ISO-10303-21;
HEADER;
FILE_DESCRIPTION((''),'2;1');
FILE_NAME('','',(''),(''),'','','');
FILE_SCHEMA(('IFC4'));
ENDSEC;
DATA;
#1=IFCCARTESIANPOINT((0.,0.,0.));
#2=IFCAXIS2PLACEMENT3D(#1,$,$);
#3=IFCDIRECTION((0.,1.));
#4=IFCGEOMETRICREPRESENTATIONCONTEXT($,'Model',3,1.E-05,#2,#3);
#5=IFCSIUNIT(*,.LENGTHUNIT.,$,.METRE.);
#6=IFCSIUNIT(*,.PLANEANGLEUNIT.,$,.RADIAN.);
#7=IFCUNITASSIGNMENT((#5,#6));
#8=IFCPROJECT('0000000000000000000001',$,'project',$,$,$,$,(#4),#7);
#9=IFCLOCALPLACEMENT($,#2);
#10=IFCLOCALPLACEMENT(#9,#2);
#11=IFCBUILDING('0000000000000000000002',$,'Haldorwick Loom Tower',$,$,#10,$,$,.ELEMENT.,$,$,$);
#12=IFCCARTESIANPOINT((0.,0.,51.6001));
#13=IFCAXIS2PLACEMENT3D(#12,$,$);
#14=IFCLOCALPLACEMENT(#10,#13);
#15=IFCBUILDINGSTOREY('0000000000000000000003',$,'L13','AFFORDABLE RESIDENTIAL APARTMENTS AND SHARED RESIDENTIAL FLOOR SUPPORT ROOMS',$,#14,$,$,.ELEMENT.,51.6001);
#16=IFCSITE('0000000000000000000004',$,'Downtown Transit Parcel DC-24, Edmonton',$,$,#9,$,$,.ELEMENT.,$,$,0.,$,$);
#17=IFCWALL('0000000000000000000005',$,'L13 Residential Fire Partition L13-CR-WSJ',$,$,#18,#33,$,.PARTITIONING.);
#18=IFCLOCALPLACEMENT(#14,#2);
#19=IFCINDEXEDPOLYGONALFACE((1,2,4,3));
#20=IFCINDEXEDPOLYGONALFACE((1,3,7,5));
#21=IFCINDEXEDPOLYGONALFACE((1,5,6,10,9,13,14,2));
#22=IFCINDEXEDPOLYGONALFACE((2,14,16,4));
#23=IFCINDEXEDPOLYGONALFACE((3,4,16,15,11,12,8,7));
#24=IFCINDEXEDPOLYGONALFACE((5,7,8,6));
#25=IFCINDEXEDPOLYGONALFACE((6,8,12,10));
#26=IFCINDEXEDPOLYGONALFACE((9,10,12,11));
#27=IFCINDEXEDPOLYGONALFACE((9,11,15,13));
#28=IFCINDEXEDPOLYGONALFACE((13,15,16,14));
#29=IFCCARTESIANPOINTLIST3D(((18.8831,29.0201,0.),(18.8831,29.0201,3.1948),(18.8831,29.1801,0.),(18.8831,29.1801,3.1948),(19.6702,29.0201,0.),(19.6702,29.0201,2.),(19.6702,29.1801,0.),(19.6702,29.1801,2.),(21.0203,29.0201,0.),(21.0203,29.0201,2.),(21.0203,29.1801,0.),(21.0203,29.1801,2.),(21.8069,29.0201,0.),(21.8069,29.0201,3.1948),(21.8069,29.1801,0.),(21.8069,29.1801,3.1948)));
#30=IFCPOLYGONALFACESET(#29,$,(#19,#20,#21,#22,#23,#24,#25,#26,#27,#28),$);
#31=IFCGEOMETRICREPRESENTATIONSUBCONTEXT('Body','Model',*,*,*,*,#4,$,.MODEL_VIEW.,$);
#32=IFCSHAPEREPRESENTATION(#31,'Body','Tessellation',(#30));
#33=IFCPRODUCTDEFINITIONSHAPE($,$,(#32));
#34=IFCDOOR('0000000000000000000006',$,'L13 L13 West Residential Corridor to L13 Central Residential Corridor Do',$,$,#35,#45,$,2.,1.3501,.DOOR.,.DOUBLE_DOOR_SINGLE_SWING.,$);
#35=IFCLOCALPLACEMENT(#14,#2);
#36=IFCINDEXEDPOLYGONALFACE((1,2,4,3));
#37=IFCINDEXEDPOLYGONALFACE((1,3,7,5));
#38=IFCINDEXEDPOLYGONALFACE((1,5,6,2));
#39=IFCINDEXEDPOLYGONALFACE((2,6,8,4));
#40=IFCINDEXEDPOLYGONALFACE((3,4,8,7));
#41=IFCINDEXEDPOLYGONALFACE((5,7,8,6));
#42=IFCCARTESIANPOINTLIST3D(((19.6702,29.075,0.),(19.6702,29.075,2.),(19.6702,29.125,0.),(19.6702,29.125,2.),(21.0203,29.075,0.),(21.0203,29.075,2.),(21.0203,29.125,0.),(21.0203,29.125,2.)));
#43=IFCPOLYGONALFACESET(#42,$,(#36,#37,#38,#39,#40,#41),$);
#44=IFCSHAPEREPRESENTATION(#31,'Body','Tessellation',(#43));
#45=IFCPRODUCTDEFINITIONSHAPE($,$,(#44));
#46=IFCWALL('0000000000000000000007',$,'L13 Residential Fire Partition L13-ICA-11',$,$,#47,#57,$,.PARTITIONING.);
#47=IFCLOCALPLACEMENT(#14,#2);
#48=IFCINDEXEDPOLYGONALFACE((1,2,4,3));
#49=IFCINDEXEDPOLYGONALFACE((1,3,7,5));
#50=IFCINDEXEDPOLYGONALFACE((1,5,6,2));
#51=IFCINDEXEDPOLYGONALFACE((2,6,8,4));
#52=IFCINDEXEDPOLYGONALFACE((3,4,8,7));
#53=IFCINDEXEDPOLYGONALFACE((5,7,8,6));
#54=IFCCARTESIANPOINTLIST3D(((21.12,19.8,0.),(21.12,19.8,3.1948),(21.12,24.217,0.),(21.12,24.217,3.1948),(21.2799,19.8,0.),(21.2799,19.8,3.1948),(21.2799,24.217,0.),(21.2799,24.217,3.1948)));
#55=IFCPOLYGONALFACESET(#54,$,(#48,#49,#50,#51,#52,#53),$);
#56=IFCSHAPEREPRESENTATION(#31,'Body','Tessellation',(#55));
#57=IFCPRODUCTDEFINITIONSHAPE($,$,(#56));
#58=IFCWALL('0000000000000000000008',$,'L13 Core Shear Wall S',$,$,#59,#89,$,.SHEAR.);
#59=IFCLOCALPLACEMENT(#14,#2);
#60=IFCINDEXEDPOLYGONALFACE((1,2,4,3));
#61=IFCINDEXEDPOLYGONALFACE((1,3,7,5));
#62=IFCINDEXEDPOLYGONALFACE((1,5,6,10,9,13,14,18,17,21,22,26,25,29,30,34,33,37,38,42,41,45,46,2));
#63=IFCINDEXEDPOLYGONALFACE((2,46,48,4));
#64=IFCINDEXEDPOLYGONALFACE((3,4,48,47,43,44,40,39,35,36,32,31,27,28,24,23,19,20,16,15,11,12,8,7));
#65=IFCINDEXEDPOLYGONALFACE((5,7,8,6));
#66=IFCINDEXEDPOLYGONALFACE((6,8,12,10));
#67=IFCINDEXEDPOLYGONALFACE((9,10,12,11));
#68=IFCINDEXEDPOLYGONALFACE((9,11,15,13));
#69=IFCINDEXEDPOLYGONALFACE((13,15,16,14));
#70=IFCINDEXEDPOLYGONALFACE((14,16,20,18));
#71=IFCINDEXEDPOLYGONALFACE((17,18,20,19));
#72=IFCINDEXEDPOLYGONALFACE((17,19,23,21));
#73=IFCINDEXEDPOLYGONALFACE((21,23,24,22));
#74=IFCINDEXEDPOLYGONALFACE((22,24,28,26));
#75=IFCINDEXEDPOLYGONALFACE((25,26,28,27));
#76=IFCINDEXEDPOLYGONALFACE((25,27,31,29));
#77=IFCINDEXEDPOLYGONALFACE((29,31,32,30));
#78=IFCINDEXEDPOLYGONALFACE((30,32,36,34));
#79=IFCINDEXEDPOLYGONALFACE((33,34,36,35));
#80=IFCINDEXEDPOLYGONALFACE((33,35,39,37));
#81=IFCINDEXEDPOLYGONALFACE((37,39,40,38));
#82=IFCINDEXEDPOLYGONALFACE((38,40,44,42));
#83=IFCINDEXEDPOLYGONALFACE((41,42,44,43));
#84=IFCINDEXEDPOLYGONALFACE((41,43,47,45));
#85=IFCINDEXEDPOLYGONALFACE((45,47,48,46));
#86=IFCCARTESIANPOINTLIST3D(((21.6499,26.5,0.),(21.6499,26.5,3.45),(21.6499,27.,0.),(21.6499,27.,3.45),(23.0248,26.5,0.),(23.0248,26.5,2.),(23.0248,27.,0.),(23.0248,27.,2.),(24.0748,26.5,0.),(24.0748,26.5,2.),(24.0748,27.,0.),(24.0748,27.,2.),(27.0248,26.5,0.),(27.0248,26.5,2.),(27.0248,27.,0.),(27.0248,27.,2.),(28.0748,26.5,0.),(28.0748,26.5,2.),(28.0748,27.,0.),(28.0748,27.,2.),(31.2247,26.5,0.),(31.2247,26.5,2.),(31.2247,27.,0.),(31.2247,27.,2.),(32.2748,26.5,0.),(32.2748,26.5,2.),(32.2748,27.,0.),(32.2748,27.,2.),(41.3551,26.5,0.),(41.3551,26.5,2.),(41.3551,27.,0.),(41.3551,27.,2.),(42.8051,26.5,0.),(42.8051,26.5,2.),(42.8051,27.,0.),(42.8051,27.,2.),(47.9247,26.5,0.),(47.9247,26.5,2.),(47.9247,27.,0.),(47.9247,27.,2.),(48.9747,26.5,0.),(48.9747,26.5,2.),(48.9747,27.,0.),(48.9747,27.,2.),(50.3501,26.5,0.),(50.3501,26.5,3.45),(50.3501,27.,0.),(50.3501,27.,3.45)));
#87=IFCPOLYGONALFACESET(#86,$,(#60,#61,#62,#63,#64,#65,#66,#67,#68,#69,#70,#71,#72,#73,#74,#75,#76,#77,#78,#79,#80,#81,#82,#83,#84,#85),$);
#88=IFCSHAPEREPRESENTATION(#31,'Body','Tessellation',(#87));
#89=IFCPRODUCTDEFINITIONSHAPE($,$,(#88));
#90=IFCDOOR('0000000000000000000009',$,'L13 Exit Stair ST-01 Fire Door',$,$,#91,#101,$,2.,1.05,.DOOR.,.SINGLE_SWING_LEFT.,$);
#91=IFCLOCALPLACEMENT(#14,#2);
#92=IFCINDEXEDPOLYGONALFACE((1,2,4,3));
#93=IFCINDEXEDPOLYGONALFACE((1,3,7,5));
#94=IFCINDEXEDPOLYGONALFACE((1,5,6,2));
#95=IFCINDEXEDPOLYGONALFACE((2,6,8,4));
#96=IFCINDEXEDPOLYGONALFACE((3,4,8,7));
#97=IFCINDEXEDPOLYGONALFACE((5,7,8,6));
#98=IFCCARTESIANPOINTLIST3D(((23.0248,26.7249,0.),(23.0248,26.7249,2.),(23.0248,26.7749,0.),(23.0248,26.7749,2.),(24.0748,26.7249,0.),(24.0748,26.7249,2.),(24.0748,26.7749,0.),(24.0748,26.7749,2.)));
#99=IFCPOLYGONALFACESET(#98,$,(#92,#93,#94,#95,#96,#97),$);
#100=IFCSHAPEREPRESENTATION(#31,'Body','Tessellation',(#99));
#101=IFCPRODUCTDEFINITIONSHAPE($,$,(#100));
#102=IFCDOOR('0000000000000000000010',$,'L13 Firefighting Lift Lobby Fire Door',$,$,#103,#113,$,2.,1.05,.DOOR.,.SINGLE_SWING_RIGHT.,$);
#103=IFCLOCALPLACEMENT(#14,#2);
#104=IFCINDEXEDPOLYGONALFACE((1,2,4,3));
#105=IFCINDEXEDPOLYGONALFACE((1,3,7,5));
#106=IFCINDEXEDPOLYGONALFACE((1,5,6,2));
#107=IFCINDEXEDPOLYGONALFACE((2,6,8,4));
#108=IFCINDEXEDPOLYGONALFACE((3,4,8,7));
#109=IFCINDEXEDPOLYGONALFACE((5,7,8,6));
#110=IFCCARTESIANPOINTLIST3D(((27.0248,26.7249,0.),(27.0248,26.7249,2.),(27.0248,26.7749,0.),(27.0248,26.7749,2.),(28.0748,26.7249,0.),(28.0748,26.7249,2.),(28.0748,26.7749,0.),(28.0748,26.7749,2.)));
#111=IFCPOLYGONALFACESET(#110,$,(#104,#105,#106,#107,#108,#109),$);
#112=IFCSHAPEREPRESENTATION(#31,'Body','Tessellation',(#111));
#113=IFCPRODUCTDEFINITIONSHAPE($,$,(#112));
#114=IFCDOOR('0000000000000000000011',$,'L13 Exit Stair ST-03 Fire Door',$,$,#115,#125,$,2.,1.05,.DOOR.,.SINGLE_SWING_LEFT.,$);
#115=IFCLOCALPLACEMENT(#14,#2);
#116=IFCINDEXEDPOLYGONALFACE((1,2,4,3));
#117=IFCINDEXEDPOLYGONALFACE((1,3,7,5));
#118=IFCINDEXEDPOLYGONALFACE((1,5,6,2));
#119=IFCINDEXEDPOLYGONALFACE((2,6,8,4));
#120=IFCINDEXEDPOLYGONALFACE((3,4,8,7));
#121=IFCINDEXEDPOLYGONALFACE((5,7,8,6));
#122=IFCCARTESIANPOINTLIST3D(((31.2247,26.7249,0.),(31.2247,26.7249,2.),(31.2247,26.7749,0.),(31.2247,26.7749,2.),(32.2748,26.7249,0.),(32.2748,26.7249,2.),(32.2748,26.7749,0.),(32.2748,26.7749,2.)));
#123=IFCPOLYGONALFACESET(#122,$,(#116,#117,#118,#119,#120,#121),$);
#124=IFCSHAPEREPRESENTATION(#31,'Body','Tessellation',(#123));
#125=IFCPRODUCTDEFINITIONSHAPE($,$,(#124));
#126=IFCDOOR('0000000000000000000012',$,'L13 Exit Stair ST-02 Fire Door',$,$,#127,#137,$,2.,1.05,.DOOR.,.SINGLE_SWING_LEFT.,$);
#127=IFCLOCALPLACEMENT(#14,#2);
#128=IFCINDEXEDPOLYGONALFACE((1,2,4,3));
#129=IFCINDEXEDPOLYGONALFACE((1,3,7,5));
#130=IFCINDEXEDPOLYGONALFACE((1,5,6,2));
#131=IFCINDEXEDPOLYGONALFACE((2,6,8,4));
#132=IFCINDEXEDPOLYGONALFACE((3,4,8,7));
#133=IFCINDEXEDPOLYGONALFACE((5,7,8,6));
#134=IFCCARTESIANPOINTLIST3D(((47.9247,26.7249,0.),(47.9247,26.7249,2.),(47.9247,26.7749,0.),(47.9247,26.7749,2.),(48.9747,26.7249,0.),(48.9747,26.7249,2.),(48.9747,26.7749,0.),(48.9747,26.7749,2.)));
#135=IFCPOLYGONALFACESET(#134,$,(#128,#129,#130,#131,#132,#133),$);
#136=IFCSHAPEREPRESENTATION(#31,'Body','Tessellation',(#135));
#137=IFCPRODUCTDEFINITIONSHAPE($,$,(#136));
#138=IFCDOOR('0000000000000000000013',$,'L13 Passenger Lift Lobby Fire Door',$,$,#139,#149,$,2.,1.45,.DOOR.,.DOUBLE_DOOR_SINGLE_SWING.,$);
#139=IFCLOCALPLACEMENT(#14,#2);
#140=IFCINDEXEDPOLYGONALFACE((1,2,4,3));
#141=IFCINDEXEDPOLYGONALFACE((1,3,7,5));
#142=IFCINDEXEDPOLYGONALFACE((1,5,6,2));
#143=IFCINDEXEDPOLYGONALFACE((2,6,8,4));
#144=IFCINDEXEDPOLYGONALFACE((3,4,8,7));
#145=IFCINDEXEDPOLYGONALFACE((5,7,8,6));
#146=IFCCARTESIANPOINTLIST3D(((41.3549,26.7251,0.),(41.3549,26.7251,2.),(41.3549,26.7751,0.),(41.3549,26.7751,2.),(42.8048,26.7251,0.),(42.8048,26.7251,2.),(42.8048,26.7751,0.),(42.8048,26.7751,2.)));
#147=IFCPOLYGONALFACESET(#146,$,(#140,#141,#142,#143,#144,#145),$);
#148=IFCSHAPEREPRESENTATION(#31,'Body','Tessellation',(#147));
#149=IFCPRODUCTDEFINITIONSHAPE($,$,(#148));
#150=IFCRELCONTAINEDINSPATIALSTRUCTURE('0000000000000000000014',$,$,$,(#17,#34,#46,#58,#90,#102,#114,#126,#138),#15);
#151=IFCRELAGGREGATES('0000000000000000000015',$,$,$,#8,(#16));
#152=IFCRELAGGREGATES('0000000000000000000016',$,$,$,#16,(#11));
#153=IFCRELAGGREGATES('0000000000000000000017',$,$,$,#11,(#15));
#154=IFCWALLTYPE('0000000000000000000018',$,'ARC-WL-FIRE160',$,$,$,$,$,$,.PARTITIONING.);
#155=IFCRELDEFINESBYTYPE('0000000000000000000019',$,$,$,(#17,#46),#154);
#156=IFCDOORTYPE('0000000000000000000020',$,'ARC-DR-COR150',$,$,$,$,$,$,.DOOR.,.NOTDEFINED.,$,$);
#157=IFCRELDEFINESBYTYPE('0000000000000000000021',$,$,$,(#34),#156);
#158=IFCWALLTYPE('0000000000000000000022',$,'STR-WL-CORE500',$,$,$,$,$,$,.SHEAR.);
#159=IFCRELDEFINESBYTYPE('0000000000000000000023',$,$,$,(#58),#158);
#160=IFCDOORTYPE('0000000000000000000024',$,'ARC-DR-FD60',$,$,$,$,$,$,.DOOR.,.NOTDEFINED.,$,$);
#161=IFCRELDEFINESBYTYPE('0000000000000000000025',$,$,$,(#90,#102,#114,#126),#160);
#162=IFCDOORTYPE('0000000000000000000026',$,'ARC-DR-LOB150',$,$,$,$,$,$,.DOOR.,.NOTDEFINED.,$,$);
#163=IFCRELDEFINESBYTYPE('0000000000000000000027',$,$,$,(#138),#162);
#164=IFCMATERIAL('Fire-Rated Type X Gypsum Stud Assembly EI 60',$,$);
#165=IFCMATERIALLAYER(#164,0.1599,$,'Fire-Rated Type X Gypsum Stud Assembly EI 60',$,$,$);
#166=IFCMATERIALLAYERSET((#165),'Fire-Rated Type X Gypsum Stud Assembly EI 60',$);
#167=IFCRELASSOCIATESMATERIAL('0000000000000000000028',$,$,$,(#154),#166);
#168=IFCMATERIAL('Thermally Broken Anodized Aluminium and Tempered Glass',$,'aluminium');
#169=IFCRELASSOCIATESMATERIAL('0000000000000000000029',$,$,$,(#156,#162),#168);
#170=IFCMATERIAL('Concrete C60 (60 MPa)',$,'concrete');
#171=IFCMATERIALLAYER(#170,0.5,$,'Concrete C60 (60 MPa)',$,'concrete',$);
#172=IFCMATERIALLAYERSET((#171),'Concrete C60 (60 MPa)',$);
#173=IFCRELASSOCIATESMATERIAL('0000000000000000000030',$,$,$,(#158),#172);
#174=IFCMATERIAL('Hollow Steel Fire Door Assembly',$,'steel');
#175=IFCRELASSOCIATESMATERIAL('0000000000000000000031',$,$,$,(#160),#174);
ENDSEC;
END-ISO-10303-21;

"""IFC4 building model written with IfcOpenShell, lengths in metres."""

from ifc_helpers import new_model, si_unit, direction, frame, frame_2d, origin, place, context, subcontext, project, spatial, rectangle, extrude, material, layer, layer_set, type_object, element, fill, save


model = new_model("IFC4")

# Units and contexts
model_context = context("Model", 3, precision=1e-05, world=origin(), true_north=direction((0.0, 1.0)))
body_context = subcontext(model_context, "Body", "Model", "MODEL_VIEW")
ifc_project = project(units=[si_unit("LENGTHUNIT", "METRE"), si_unit("PLANEANGLEUNIT", "RADIAN")], contexts=[model_context])

# Site, building, storey
site_placement = place(None, origin())
site = spatial("IfcSite", under=ifc_project, at=site_placement, Name="Downtown Transit Parcel DC-24, Edmonton", CompositionType="ELEMENT", RefElevation=0.0)
building_placement = place(site_placement, origin())
building = spatial("IfcBuilding", under=site, at=building_placement, Name="Haldorwick Loom Tower", CompositionType="ELEMENT")
storey_placement = place(building_placement, frame((0.0, 0.0, 51.6001)))
storey = spatial("IfcBuildingStorey", under=building, at=storey_placement, Name="L13", Description="AFFORDABLE RESIDENTIAL APARTMENTS AND SHARED RESIDENTIAL FLOOR SUPPORT ROOMS", CompositionType="ELEMENT", Elevation=51.6001)

# Shared definitions
ifc_material_1 = material(Name="Concrete C60 (60 MPa)", Category="concrete")

# Wall, opening, door
ifc_material_2 = material(Name="Fire-Rated Type X Gypsum Stud Assembly EI 60")
ifc_layer_1 = layer(ifc_material_2, 0.1599, Name="Fire-Rated Type X Gypsum Stud Assembly EI 60")
ifc_layer_set_1 = layer_set([ifc_layer_1], Name="Fire-Rated Type X Gypsum Stud Assembly EI 60")
wall_type_1 = type_object("IfcWallType", Name="ARC-WL-FIRE160", PredefinedType="PARTITIONING", material=ifc_layer_set_1)
wall_1_placement = place(storey_placement, frame((18.8831, 29.1001, 0.0), z_axis=(0.0, 0.0, 1.0), x_axis=(1.0, 0.0, 0.0)))
wall_1 = element("IfcWall", 1, at=wall_1_placement, inside=storey, type_object=wall_type_1, Name="L13 Residential Fire Partition L13-CR-WSJ", PredefinedType="PARTITIONING", context=body_context, shape_type="SweptSolid", body=[
    extrude(rectangle(XDim=2.9238, YDim=0.1599, at=frame_2d((1.4619, 0.0))), origin(), (0.0, 0.0, 1.0), 3.1948),
])
opening_1_placement = place(wall_1_placement, frame((0.7871, 0.0, 0.0)))
opening_1 = element("IfcOpeningElement", 2, at=opening_1_placement, cuts=wall_1, PredefinedType="OPENING", context=body_context, shape_type="SweptSolid", body=[
    extrude(rectangle(XDim=1.3501, YDim=2.0, at=frame_2d((0.675, 1.0))), frame((0.0, 0.0898, 0.0), z_axis=(0.0, -1.0, 0.0), x_axis=(1.0, 0.0, 0.0)), (0.0, 0.0, 1.0), 0.1799),
])
ifc_material_3 = material(Name="Thermally Broken Anodized Aluminium and Tempered Glass", Category="aluminium")
door_type_1 = type_object("IfcDoorType", Name="ARC-DR-COR150", OperationType="NOTDEFINED", PredefinedType="DOOR", material=ifc_material_3)
door_1_placement = place(opening_1_placement, origin())
door_1 = element("IfcDoor", 3, at=door_1_placement, inside=storey, type_object=door_type_1, Name="L13 L13 West Residential Corridor to L13 Central Residential Corridor Do", OperationType="DOUBLE_DOOR_SINGLE_SWING", OverallHeight=2.0, OverallWidth=1.3501, PredefinedType="DOOR", context=body_context, shape_type="SweptSolid", body=[
    extrude(rectangle(XDim=1.3501, YDim=2.0, at=frame_2d((0.675, 1.0))), frame((0.0, 0.0249, 0.0), z_axis=(0.0, -1.0, 0.0), x_axis=(1.0, 0.0, 0.0)), (0.0, 0.0, 1.0), 0.05),
])
fill(opening_1, door_1)

# Wall
wall_2_placement = place(storey_placement, frame((21.2, 24.217, 0.0), z_axis=(0.0, 0.0, 1.0), x_axis=(0.0, -1.0, 0.0)))
element("IfcWall", 4, at=wall_2_placement, inside=storey, type_object=wall_type_1, Name="L13 Residential Fire Partition L13-ICA-11", PredefinedType="PARTITIONING", context=body_context, shape_type="SweptSolid", body=[
    extrude(rectangle(XDim=4.417, YDim=0.1599, at=frame_2d((2.2085, 0.0))), origin(), (0.0, 0.0, 1.0), 3.1948),
])

# Wall, openings, doors
ifc_layer_2 = layer(ifc_material_1, 0.5, Name="Concrete C60 (60 MPa)", Category="concrete")
ifc_layer_set_2 = layer_set([ifc_layer_2], Name="Concrete C60 (60 MPa)")
wall_type_2 = type_object("IfcWallType", Name="STR-WL-CORE500", PredefinedType="SHEAR", material=ifc_layer_set_2)
wall_3_placement = place(storey_placement, frame((21.6499, 26.75, 0.0), z_axis=(0.0, 0.0, 1.0), x_axis=(1.0, 0.0, 0.0)))
wall_3 = element("IfcWall", 5, at=wall_3_placement, inside=storey, type_object=wall_type_2, Name="L13 Core Shear Wall S", PredefinedType="SHEAR", context=body_context, shape_type="SweptSolid", body=[
    extrude(rectangle(XDim=28.7002, YDim=0.5, at=frame_2d((14.3501, 0.0))), origin(), (0.0, 0.0, 1.0), 3.45),
])
opening_2_placement = place(wall_3_placement, frame((1.375, 0.0, 0.0)))
opening_2 = element("IfcOpeningElement", 6, at=opening_2_placement, cuts=wall_3, PredefinedType="OPENING", context=body_context, shape_type="SweptSolid", body=[
    extrude(rectangle(XDim=1.05, YDim=2.0, at=frame_2d((0.5249, 1.0))), frame((0.0, 0.26, 0.0), z_axis=(0.0, -1.0, 0.0), x_axis=(1.0, 0.0, 0.0)), (0.0, 0.0, 1.0), 0.52),
])
opening_3_placement = place(wall_3_placement, frame((5.375, 0.0, 0.0)))
opening_3 = element("IfcOpeningElement", 7, at=opening_3_placement, cuts=wall_3, PredefinedType="OPENING", context=body_context, shape_type="SweptSolid", body=[
    extrude(rectangle(XDim=1.05, YDim=2.0, at=frame_2d((0.5249, 1.0))), frame((0.0, 0.26, 0.0), z_axis=(0.0, -1.0, 0.0), x_axis=(1.0, 0.0, 0.0)), (0.0, 0.0, 1.0), 0.52),
])
opening_4_placement = place(wall_3_placement, frame((9.575, 0.0, 0.0)))
opening_4 = element("IfcOpeningElement", 8, at=opening_4_placement, cuts=wall_3, PredefinedType="OPENING", context=body_context, shape_type="SweptSolid", body=[
    extrude(rectangle(XDim=1.05, YDim=2.0, at=frame_2d((0.5249, 1.0))), frame((0.0, 0.26, 0.0), z_axis=(0.0, -1.0, 0.0), x_axis=(1.0, 0.0, 0.0)), (0.0, 0.0, 1.0), 0.52),
])
opening_5_placement = place(wall_3_placement, frame((19.7051, 0.0, 0.0)))
opening_5 = element("IfcOpeningElement", 9, at=opening_5_placement, cuts=wall_3, PredefinedType="OPENING", context=body_context, shape_type="SweptSolid", body=[
    extrude(rectangle(XDim=1.45, YDim=2.0, at=frame_2d((0.7251, 1.0))), frame((0.0, 0.26, 0.0), z_axis=(0.0, -1.0, 0.0), x_axis=(1.0, 0.0, 0.0)), (0.0, 0.0, 1.0), 0.52),
])
opening_6_placement = place(wall_3_placement, frame((26.2749, 0.0, 0.0)))
opening_6 = element("IfcOpeningElement", 10, at=opening_6_placement, cuts=wall_3, PredefinedType="OPENING", context=body_context, shape_type="SweptSolid", body=[
    extrude(rectangle(XDim=1.05, YDim=2.0, at=frame_2d((0.5249, 1.0))), frame((0.0, 0.26, 0.0), z_axis=(0.0, -1.0, 0.0), x_axis=(1.0, 0.0, 0.0)), (0.0, 0.0, 1.0), 0.52),
])
ifc_material_4 = material(Name="Hollow Steel Fire Door Assembly", Category="steel")
door_type_2 = type_object("IfcDoorType", Name="ARC-DR-FD60", OperationType="NOTDEFINED", PredefinedType="DOOR", material=ifc_material_4)
door_2_placement = place(opening_2_placement, origin())
door_2 = element("IfcDoor", 11, at=door_2_placement, inside=storey, type_object=door_type_2, Name="L13 Exit Stair ST-01 Fire Door", OperationType="SINGLE_SWING_LEFT", OverallHeight=2.0, OverallWidth=1.05, PredefinedType="DOOR", context=body_context, shape_type="SweptSolid", body=[
    extrude(rectangle(XDim=1.05, YDim=2.0, at=frame_2d((0.5249, 1.0))), frame((0.0, 0.0249, 0.0), z_axis=(0.0, -1.0, 0.0), x_axis=(1.0, 0.0, 0.0)), (0.0, 0.0, 1.0), 0.05),
])
fill(opening_2, door_2)
door_3_placement = place(opening_3_placement, origin())
door_3 = element("IfcDoor", 12, at=door_3_placement, inside=storey, type_object=door_type_2, Name="L13 Firefighting Lift Lobby Fire Door", OperationType="SINGLE_SWING_RIGHT", OverallHeight=2.0, OverallWidth=1.05, PredefinedType="DOOR", context=body_context, shape_type="SweptSolid", body=[
    extrude(rectangle(XDim=1.05, YDim=2.0, at=frame_2d((0.5249, 1.0))), frame((0.0, 0.0249, 0.0), z_axis=(0.0, -1.0, 0.0), x_axis=(1.0, 0.0, 0.0)), (0.0, 0.0, 1.0), 0.05),
])
fill(opening_3, door_3)
door_4_placement = place(opening_4_placement, origin())
door_4 = element("IfcDoor", 13, at=door_4_placement, inside=storey, type_object=door_type_2, Name="L13 Exit Stair ST-03 Fire Door", OperationType="SINGLE_SWING_LEFT", OverallHeight=2.0, OverallWidth=1.05, PredefinedType="DOOR", context=body_context, shape_type="SweptSolid", body=[
    extrude(rectangle(XDim=1.05, YDim=2.0, at=frame_2d((0.5249, 1.0))), frame((0.0, 0.0249, 0.0), z_axis=(0.0, -1.0, 0.0), x_axis=(1.0, 0.0, 0.0)), (0.0, 0.0, 1.0), 0.05),
])
fill(opening_4, door_4)
door_5_placement = place(opening_6_placement, origin())
door_5 = element("IfcDoor", 14, at=door_5_placement, inside=storey, type_object=door_type_2, Name="L13 Exit Stair ST-02 Fire Door", OperationType="SINGLE_SWING_LEFT", OverallHeight=2.0, OverallWidth=1.05, PredefinedType="DOOR", context=body_context, shape_type="SweptSolid", body=[
    extrude(rectangle(XDim=1.05, YDim=2.0, at=frame_2d((0.5249, 1.0))), frame((0.0, 0.0249, 0.0), z_axis=(0.0, -1.0, 0.0), x_axis=(1.0, 0.0, 0.0)), (0.0, 0.0, 1.0), 0.05),
])
fill(opening_6, door_5)
door_type_3 = type_object("IfcDoorType", Name="ARC-DR-LOB150", OperationType="NOTDEFINED", PredefinedType="DOOR", material=ifc_material_3)
door_6_placement = place(opening_5_placement, frame((1.45, 0.0, 0.0), z_axis=(0.0, 0.0, 1.0), x_axis=(-1.0, 0.0, 0.0)))
door_6 = element("IfcDoor", 15, at=door_6_placement, inside=storey, type_object=door_type_3, Name="L13 Passenger Lift Lobby Fire Door", OperationType="DOUBLE_DOOR_SINGLE_SWING", OverallHeight=2.0, OverallWidth=1.45, PredefinedType="DOOR", context=body_context, shape_type="SweptSolid", body=[
    extrude(rectangle(XDim=1.45, YDim=2.0, at=frame_2d((0.7251, 1.0))), frame((0.0, 0.0249, 0.0), z_axis=(0.0, -1.0, 0.0), x_axis=(1.0, 0.0, 0.0)), (0.0, 0.0, 1.0), 0.05),
])
fill(opening_5, door_6)

save(model, "model.ifc")
